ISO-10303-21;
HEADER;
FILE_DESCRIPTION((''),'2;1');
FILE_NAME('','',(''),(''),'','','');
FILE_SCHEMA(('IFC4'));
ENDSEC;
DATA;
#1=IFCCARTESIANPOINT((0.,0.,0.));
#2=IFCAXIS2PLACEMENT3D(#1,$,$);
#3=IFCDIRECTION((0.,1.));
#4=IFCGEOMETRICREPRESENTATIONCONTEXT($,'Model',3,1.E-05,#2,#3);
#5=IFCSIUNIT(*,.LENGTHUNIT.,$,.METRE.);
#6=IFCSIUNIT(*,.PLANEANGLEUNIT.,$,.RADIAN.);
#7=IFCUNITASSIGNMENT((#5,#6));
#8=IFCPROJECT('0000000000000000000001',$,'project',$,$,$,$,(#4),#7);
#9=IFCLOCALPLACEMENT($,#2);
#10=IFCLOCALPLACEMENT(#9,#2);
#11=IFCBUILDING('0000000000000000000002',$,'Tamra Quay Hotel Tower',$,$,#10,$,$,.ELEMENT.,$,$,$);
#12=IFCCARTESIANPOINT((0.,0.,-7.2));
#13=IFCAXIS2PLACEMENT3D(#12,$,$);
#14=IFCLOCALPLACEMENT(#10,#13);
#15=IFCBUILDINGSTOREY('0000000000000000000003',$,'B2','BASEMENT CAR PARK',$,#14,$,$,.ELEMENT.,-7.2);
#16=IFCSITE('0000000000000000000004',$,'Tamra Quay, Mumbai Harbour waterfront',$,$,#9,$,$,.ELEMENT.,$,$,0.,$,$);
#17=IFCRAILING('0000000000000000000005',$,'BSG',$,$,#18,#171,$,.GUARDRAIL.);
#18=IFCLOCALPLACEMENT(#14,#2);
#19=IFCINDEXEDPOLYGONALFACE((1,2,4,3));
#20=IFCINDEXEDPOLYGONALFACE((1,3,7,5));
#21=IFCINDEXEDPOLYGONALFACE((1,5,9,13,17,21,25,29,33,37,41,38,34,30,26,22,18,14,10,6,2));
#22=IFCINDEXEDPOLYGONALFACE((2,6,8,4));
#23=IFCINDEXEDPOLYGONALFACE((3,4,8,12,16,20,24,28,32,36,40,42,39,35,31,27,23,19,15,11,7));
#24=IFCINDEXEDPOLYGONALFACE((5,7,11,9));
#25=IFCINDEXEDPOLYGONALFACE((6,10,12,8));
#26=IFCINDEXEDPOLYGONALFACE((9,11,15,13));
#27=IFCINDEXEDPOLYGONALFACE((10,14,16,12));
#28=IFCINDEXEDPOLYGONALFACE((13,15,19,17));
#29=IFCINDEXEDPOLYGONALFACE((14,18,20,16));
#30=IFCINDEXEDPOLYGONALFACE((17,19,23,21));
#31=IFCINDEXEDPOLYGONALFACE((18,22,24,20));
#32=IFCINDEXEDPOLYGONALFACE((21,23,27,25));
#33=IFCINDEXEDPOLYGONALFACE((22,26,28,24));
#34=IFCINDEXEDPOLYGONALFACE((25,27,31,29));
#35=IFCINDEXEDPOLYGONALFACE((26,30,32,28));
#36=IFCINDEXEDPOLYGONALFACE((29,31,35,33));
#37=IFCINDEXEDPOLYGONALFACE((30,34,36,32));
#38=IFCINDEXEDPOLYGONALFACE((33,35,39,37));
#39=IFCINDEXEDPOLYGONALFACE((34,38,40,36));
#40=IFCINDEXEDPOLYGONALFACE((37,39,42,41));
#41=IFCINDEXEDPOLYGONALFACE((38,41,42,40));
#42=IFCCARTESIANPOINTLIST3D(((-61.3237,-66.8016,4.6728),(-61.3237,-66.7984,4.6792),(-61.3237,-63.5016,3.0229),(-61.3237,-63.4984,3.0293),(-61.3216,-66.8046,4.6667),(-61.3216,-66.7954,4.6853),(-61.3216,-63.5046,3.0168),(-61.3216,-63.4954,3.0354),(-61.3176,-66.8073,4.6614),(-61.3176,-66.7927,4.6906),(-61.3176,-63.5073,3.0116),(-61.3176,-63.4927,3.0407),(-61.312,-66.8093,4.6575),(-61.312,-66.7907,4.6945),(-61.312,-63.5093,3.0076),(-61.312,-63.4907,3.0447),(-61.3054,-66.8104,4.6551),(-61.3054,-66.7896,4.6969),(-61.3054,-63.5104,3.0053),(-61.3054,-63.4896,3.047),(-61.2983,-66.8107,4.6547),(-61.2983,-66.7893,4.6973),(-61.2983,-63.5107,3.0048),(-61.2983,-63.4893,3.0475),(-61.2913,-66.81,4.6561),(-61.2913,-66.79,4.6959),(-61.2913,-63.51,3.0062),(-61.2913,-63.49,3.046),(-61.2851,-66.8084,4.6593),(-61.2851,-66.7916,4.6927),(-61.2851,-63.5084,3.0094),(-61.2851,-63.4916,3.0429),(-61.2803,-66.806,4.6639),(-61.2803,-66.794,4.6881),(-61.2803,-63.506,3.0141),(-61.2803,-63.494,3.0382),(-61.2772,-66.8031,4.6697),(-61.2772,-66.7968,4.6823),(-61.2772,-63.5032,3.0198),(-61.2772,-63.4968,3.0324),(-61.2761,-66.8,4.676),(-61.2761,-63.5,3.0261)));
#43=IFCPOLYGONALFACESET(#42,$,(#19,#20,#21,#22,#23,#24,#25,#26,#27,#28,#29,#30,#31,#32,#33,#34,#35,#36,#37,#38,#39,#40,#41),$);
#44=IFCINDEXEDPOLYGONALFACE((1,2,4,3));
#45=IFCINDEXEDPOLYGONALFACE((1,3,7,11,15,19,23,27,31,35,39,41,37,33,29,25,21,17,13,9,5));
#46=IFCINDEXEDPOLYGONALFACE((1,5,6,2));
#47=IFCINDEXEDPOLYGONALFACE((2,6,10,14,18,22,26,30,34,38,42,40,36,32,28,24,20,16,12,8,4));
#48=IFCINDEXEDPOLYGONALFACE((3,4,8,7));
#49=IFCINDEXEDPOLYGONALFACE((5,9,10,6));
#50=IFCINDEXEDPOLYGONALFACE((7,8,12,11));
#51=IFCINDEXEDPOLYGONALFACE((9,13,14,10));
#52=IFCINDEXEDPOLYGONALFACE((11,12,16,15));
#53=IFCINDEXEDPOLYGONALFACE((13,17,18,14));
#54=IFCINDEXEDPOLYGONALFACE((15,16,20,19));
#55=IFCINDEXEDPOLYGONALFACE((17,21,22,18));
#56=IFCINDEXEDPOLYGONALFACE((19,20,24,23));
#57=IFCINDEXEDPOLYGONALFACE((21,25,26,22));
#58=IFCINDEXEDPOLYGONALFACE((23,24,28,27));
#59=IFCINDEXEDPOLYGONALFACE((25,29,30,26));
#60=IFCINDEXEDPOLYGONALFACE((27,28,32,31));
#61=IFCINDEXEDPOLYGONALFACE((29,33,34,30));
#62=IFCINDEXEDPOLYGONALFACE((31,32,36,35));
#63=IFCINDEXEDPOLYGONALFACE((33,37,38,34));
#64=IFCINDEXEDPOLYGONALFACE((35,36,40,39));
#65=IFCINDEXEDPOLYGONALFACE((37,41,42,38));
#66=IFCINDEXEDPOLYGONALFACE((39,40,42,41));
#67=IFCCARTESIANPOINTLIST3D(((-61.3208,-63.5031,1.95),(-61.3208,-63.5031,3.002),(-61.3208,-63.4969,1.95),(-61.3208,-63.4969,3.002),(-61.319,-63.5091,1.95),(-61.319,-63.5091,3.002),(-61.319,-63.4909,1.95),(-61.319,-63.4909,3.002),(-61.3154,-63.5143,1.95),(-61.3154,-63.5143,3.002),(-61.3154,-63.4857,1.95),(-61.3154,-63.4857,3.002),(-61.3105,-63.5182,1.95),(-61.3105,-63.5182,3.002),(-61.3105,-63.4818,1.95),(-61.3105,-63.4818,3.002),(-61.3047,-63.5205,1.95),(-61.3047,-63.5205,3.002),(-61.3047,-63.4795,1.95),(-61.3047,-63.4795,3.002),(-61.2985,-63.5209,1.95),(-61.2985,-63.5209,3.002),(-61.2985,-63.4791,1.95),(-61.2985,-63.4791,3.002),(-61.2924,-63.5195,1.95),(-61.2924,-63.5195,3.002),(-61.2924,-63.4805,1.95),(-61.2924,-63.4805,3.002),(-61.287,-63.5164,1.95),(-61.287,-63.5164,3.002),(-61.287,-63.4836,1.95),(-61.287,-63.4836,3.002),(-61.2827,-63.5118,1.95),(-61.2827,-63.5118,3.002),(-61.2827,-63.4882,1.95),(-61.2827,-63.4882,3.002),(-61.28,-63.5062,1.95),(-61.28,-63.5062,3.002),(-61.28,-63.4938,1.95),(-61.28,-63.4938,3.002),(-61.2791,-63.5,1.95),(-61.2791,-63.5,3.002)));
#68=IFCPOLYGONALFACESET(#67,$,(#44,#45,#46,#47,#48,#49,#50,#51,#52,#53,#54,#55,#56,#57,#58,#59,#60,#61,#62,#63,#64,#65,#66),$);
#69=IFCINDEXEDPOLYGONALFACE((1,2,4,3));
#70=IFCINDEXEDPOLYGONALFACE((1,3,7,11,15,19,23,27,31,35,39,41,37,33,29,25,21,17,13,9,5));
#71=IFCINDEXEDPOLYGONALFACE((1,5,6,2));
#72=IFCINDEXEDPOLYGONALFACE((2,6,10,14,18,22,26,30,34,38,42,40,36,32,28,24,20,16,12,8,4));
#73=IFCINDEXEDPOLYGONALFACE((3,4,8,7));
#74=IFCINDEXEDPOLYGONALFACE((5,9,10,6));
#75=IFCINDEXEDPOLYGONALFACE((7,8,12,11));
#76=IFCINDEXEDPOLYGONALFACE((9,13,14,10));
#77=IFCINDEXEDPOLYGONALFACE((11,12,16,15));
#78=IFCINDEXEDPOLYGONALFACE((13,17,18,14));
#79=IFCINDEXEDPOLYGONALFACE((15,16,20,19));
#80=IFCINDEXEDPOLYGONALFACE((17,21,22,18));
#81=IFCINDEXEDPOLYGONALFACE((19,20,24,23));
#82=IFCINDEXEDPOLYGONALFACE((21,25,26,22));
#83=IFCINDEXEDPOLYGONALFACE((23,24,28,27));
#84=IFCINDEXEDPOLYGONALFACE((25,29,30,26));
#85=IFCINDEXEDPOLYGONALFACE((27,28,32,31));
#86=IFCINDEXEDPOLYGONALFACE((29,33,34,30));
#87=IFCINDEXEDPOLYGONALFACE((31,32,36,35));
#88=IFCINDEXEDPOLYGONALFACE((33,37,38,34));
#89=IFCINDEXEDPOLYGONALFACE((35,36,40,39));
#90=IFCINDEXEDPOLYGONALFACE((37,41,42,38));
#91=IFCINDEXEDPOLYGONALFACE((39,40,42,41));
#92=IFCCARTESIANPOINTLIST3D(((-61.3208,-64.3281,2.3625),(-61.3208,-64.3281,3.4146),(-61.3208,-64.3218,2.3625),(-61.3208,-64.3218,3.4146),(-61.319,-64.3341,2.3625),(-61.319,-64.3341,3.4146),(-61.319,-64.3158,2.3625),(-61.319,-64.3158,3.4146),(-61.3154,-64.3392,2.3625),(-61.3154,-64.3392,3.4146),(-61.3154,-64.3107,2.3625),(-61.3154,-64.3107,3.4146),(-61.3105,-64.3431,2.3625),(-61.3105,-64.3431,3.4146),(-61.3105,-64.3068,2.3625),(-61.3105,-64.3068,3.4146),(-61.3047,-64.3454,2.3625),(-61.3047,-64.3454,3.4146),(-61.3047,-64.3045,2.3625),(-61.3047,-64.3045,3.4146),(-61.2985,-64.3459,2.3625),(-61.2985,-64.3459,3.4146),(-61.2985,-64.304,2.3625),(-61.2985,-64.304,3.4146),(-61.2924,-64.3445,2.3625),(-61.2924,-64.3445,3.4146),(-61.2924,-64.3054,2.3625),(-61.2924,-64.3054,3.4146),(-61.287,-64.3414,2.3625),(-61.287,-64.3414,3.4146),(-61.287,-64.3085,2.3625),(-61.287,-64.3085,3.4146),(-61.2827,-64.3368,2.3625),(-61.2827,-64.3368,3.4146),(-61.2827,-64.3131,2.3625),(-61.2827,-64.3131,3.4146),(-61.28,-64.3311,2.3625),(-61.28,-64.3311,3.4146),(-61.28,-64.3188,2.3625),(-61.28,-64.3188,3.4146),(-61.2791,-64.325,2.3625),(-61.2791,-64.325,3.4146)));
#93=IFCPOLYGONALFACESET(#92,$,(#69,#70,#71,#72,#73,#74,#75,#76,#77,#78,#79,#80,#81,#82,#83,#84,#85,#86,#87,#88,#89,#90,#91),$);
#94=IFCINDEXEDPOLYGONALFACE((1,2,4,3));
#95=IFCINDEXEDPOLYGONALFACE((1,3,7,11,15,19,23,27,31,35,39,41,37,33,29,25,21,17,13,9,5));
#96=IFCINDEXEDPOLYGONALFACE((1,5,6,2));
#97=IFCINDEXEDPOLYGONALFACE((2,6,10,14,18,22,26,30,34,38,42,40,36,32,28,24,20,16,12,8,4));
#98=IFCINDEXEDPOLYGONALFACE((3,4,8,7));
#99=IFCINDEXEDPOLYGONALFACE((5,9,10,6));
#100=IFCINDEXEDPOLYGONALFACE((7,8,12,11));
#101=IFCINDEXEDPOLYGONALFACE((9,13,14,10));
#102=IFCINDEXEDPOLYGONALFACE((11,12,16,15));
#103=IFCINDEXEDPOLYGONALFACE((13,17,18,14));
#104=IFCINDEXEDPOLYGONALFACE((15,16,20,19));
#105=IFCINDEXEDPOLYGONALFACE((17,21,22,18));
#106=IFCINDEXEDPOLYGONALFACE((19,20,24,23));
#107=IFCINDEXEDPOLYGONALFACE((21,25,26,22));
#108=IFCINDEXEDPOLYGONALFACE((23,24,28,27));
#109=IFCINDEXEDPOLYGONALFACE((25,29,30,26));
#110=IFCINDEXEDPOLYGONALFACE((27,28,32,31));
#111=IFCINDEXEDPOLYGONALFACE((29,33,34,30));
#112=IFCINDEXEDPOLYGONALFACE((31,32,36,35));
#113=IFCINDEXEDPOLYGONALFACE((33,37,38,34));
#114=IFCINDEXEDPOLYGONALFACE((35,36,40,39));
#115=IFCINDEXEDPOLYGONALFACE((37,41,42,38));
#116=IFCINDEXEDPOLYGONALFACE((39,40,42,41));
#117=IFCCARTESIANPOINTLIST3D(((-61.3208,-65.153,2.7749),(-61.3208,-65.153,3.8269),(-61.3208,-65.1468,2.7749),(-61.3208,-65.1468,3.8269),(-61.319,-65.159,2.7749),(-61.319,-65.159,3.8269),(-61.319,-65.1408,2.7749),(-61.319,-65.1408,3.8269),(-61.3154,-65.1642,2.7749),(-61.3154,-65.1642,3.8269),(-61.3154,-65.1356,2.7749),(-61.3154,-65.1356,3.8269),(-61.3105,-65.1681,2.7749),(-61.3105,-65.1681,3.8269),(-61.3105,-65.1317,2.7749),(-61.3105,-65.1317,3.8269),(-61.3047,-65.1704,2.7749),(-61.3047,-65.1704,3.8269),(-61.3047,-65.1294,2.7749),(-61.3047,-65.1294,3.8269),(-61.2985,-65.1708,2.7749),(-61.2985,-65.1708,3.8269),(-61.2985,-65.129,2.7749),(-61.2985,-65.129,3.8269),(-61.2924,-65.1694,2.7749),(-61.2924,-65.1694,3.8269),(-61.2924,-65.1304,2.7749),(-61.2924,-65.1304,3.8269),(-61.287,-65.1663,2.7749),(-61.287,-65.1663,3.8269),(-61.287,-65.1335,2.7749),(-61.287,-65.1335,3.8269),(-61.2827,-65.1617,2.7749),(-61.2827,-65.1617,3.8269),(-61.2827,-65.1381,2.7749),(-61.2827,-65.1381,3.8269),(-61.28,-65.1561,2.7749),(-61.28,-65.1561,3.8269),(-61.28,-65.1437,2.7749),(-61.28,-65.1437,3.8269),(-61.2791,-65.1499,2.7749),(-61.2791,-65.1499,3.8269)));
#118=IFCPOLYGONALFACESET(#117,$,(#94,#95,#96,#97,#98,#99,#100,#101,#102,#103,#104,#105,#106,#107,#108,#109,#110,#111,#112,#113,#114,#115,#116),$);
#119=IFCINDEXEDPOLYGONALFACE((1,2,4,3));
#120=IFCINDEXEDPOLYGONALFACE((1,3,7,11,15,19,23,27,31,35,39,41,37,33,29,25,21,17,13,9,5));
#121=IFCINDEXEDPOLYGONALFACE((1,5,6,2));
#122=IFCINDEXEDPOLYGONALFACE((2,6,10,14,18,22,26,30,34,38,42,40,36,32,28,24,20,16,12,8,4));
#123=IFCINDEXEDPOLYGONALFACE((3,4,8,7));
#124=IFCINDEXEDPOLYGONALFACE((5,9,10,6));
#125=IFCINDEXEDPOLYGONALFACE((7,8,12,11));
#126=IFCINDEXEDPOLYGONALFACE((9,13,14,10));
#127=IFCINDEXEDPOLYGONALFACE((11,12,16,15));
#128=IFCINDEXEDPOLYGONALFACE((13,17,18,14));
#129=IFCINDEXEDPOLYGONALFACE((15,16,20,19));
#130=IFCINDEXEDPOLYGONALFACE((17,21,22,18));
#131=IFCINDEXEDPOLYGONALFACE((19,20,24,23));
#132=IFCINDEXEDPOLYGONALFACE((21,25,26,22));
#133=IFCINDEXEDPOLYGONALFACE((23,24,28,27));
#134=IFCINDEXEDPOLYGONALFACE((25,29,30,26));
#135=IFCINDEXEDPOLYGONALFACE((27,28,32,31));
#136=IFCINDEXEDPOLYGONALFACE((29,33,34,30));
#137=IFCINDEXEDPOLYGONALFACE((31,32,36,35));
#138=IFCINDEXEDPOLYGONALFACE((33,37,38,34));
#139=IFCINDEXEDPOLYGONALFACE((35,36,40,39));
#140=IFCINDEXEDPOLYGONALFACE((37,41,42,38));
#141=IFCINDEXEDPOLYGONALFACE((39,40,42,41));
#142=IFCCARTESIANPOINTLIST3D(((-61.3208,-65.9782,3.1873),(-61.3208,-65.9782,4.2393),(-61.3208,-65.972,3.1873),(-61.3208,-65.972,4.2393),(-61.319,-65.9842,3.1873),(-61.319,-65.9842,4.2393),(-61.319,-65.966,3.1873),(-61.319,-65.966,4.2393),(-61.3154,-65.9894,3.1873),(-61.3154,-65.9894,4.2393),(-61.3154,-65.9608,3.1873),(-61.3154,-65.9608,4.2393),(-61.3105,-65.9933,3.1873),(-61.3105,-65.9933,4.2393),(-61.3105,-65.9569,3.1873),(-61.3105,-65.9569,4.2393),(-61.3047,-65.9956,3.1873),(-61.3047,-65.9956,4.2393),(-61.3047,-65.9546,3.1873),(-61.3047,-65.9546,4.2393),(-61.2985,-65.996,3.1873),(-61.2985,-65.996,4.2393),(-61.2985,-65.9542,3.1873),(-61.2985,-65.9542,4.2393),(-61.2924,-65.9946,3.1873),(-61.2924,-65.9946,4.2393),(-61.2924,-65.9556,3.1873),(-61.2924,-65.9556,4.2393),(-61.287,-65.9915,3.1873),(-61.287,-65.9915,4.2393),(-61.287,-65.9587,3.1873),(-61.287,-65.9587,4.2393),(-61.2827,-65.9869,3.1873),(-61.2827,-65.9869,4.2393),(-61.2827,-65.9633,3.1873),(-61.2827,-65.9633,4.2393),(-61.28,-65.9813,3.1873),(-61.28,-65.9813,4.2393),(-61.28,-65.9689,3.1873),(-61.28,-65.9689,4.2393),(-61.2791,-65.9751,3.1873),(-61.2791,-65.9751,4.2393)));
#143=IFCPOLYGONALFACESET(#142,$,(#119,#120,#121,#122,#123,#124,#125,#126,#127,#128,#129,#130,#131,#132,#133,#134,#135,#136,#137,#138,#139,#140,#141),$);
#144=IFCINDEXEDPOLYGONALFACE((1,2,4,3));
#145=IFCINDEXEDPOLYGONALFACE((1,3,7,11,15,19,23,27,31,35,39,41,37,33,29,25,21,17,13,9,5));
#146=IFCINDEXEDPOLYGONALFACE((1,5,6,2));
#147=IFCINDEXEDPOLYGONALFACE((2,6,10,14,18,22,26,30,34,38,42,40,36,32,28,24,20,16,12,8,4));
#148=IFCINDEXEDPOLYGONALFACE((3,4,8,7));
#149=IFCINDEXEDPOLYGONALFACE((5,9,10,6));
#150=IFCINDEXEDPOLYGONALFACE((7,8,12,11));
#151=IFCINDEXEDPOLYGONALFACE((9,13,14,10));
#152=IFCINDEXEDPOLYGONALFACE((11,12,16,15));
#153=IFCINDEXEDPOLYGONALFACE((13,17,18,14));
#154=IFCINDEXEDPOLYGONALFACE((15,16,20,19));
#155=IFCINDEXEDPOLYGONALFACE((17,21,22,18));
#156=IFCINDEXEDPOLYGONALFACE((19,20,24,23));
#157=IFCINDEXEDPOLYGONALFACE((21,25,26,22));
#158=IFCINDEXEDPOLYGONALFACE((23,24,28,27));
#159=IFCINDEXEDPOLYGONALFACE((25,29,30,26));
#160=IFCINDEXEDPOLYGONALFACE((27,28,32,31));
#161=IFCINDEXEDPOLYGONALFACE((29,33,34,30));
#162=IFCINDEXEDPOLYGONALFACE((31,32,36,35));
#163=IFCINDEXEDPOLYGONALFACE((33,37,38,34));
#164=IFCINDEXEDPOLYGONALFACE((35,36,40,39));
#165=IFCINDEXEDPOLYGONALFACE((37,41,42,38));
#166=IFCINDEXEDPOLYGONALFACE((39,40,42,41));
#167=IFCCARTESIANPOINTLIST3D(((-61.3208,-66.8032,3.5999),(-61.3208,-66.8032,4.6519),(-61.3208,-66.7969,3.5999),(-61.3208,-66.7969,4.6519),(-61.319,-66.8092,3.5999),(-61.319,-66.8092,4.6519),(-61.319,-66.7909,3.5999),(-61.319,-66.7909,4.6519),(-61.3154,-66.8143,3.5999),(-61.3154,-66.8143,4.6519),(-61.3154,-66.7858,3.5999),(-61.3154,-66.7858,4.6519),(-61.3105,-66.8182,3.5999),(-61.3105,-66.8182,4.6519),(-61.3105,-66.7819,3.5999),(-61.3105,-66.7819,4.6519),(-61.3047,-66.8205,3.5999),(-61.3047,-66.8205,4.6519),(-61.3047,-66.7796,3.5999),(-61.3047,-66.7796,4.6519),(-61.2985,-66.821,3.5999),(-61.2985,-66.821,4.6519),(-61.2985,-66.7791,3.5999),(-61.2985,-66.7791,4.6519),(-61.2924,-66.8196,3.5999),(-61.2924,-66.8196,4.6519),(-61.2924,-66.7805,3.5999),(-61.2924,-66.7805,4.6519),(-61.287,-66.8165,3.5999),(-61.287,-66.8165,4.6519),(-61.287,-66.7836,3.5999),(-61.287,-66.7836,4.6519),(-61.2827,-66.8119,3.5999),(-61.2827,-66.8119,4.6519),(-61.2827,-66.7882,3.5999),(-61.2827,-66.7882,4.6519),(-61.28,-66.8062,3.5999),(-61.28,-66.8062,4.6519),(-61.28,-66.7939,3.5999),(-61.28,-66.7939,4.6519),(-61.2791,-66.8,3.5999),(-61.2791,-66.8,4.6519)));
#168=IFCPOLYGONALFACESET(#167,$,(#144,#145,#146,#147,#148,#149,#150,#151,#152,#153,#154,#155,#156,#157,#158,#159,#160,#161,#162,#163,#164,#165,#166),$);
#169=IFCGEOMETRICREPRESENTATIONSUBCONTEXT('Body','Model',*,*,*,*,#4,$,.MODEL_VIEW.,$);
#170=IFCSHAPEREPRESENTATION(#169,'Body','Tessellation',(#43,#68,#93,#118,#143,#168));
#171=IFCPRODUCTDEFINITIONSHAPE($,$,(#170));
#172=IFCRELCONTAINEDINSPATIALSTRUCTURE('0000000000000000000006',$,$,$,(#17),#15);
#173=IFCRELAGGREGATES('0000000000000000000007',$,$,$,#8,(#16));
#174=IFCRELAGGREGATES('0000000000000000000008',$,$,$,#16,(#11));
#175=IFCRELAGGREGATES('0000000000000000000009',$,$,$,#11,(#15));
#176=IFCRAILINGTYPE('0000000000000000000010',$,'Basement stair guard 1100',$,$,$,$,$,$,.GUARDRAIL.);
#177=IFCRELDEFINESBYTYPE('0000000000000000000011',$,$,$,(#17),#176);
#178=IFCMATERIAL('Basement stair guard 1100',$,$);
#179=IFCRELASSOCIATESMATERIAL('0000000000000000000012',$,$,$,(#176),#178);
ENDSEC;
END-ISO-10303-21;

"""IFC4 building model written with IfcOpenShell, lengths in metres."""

from ifc_helpers import new_model, si_unit, direction, frame, origin, origin_2d, place, context, subcontext, project, spatial, circle, extrude, material, type_object, element, save


model = new_model("IFC4")

# Units and contexts
model_context = context("Model", 3, precision=1e-05, world=origin(), true_north=direction((0.0, 1.0)))
body_context = subcontext(model_context, "Body", "Model", "MODEL_VIEW")
ifc_project = project(units=[si_unit("LENGTHUNIT", "METRE"), si_unit("PLANEANGLEUNIT", "RADIAN")], contexts=[model_context])

# Site, building, storey
site_placement = place(None, origin())
site = spatial("IfcSite", under=ifc_project, at=site_placement, Name="Tamra Quay, Mumbai Harbour waterfront", CompositionType="ELEMENT", RefElevation=0.0)
building_placement = place(site_placement, origin())
building = spatial("IfcBuilding", under=site, at=building_placement, Name="Tamra Quay Hotel Tower", CompositionType="ELEMENT")
storey_placement = place(building_placement, frame((0.0, 0.0, -7.2)))
storey = spatial("IfcBuildingStorey", under=building, at=storey_placement, Name="B2", Description="BASEMENT CAR PARK", CompositionType="ELEMENT", Elevation=-7.2)

# Railing
ifc_material_1 = material(Name="Basement stair guard 1100")
railing_type_1 = type_object("IfcRailingType", Name="Basement stair guard 1100", PredefinedType="GUARDRAIL", material=ifc_material_1)
railing_1_placement = place(storey_placement, frame((-61.3, -63.5, 1.95)))
element("IfcRailing", 1, at=railing_1_placement, inside=storey, type_object=railing_type_1, Name="BSG", PredefinedType="GUARDRAIL", context=body_context, shape_type="SweptSolid", body=[
    extrude(circle(Radius=0.0239, at=origin_2d()), frame((0.0, 0.0, 1.0762), z_axis=(0.0, -0.89444, 0.447187), x_axis=(1.0, 0.0, 0.0)), (0.0, 0.0, 1.0), 3.6895),
    extrude(circle(Radius=0.021, at=origin_2d()), origin(), (0.0, 0.0, 1.0), 1.052),
    extrude(circle(Radius=0.021, at=origin_2d()), frame((0.0, -0.825, 0.4126)), (0.0, 0.0, 1.0), 1.052),
    extrude(circle(Radius=0.021, at=origin_2d()), frame((0.0, -1.6499, 0.825)), (0.0, 0.0, 1.0), 1.052),
    extrude(circle(Radius=0.021, at=origin_2d()), frame((0.0, -2.4751, 1.2373)), (0.0, 0.0, 1.0), 1.052),
    extrude(circle(Radius=0.021, at=origin_2d()), frame((0.0, -3.3, 1.6499)), (0.0, 0.0, 1.0), 1.052),
])

save(model, "model.ifc")
